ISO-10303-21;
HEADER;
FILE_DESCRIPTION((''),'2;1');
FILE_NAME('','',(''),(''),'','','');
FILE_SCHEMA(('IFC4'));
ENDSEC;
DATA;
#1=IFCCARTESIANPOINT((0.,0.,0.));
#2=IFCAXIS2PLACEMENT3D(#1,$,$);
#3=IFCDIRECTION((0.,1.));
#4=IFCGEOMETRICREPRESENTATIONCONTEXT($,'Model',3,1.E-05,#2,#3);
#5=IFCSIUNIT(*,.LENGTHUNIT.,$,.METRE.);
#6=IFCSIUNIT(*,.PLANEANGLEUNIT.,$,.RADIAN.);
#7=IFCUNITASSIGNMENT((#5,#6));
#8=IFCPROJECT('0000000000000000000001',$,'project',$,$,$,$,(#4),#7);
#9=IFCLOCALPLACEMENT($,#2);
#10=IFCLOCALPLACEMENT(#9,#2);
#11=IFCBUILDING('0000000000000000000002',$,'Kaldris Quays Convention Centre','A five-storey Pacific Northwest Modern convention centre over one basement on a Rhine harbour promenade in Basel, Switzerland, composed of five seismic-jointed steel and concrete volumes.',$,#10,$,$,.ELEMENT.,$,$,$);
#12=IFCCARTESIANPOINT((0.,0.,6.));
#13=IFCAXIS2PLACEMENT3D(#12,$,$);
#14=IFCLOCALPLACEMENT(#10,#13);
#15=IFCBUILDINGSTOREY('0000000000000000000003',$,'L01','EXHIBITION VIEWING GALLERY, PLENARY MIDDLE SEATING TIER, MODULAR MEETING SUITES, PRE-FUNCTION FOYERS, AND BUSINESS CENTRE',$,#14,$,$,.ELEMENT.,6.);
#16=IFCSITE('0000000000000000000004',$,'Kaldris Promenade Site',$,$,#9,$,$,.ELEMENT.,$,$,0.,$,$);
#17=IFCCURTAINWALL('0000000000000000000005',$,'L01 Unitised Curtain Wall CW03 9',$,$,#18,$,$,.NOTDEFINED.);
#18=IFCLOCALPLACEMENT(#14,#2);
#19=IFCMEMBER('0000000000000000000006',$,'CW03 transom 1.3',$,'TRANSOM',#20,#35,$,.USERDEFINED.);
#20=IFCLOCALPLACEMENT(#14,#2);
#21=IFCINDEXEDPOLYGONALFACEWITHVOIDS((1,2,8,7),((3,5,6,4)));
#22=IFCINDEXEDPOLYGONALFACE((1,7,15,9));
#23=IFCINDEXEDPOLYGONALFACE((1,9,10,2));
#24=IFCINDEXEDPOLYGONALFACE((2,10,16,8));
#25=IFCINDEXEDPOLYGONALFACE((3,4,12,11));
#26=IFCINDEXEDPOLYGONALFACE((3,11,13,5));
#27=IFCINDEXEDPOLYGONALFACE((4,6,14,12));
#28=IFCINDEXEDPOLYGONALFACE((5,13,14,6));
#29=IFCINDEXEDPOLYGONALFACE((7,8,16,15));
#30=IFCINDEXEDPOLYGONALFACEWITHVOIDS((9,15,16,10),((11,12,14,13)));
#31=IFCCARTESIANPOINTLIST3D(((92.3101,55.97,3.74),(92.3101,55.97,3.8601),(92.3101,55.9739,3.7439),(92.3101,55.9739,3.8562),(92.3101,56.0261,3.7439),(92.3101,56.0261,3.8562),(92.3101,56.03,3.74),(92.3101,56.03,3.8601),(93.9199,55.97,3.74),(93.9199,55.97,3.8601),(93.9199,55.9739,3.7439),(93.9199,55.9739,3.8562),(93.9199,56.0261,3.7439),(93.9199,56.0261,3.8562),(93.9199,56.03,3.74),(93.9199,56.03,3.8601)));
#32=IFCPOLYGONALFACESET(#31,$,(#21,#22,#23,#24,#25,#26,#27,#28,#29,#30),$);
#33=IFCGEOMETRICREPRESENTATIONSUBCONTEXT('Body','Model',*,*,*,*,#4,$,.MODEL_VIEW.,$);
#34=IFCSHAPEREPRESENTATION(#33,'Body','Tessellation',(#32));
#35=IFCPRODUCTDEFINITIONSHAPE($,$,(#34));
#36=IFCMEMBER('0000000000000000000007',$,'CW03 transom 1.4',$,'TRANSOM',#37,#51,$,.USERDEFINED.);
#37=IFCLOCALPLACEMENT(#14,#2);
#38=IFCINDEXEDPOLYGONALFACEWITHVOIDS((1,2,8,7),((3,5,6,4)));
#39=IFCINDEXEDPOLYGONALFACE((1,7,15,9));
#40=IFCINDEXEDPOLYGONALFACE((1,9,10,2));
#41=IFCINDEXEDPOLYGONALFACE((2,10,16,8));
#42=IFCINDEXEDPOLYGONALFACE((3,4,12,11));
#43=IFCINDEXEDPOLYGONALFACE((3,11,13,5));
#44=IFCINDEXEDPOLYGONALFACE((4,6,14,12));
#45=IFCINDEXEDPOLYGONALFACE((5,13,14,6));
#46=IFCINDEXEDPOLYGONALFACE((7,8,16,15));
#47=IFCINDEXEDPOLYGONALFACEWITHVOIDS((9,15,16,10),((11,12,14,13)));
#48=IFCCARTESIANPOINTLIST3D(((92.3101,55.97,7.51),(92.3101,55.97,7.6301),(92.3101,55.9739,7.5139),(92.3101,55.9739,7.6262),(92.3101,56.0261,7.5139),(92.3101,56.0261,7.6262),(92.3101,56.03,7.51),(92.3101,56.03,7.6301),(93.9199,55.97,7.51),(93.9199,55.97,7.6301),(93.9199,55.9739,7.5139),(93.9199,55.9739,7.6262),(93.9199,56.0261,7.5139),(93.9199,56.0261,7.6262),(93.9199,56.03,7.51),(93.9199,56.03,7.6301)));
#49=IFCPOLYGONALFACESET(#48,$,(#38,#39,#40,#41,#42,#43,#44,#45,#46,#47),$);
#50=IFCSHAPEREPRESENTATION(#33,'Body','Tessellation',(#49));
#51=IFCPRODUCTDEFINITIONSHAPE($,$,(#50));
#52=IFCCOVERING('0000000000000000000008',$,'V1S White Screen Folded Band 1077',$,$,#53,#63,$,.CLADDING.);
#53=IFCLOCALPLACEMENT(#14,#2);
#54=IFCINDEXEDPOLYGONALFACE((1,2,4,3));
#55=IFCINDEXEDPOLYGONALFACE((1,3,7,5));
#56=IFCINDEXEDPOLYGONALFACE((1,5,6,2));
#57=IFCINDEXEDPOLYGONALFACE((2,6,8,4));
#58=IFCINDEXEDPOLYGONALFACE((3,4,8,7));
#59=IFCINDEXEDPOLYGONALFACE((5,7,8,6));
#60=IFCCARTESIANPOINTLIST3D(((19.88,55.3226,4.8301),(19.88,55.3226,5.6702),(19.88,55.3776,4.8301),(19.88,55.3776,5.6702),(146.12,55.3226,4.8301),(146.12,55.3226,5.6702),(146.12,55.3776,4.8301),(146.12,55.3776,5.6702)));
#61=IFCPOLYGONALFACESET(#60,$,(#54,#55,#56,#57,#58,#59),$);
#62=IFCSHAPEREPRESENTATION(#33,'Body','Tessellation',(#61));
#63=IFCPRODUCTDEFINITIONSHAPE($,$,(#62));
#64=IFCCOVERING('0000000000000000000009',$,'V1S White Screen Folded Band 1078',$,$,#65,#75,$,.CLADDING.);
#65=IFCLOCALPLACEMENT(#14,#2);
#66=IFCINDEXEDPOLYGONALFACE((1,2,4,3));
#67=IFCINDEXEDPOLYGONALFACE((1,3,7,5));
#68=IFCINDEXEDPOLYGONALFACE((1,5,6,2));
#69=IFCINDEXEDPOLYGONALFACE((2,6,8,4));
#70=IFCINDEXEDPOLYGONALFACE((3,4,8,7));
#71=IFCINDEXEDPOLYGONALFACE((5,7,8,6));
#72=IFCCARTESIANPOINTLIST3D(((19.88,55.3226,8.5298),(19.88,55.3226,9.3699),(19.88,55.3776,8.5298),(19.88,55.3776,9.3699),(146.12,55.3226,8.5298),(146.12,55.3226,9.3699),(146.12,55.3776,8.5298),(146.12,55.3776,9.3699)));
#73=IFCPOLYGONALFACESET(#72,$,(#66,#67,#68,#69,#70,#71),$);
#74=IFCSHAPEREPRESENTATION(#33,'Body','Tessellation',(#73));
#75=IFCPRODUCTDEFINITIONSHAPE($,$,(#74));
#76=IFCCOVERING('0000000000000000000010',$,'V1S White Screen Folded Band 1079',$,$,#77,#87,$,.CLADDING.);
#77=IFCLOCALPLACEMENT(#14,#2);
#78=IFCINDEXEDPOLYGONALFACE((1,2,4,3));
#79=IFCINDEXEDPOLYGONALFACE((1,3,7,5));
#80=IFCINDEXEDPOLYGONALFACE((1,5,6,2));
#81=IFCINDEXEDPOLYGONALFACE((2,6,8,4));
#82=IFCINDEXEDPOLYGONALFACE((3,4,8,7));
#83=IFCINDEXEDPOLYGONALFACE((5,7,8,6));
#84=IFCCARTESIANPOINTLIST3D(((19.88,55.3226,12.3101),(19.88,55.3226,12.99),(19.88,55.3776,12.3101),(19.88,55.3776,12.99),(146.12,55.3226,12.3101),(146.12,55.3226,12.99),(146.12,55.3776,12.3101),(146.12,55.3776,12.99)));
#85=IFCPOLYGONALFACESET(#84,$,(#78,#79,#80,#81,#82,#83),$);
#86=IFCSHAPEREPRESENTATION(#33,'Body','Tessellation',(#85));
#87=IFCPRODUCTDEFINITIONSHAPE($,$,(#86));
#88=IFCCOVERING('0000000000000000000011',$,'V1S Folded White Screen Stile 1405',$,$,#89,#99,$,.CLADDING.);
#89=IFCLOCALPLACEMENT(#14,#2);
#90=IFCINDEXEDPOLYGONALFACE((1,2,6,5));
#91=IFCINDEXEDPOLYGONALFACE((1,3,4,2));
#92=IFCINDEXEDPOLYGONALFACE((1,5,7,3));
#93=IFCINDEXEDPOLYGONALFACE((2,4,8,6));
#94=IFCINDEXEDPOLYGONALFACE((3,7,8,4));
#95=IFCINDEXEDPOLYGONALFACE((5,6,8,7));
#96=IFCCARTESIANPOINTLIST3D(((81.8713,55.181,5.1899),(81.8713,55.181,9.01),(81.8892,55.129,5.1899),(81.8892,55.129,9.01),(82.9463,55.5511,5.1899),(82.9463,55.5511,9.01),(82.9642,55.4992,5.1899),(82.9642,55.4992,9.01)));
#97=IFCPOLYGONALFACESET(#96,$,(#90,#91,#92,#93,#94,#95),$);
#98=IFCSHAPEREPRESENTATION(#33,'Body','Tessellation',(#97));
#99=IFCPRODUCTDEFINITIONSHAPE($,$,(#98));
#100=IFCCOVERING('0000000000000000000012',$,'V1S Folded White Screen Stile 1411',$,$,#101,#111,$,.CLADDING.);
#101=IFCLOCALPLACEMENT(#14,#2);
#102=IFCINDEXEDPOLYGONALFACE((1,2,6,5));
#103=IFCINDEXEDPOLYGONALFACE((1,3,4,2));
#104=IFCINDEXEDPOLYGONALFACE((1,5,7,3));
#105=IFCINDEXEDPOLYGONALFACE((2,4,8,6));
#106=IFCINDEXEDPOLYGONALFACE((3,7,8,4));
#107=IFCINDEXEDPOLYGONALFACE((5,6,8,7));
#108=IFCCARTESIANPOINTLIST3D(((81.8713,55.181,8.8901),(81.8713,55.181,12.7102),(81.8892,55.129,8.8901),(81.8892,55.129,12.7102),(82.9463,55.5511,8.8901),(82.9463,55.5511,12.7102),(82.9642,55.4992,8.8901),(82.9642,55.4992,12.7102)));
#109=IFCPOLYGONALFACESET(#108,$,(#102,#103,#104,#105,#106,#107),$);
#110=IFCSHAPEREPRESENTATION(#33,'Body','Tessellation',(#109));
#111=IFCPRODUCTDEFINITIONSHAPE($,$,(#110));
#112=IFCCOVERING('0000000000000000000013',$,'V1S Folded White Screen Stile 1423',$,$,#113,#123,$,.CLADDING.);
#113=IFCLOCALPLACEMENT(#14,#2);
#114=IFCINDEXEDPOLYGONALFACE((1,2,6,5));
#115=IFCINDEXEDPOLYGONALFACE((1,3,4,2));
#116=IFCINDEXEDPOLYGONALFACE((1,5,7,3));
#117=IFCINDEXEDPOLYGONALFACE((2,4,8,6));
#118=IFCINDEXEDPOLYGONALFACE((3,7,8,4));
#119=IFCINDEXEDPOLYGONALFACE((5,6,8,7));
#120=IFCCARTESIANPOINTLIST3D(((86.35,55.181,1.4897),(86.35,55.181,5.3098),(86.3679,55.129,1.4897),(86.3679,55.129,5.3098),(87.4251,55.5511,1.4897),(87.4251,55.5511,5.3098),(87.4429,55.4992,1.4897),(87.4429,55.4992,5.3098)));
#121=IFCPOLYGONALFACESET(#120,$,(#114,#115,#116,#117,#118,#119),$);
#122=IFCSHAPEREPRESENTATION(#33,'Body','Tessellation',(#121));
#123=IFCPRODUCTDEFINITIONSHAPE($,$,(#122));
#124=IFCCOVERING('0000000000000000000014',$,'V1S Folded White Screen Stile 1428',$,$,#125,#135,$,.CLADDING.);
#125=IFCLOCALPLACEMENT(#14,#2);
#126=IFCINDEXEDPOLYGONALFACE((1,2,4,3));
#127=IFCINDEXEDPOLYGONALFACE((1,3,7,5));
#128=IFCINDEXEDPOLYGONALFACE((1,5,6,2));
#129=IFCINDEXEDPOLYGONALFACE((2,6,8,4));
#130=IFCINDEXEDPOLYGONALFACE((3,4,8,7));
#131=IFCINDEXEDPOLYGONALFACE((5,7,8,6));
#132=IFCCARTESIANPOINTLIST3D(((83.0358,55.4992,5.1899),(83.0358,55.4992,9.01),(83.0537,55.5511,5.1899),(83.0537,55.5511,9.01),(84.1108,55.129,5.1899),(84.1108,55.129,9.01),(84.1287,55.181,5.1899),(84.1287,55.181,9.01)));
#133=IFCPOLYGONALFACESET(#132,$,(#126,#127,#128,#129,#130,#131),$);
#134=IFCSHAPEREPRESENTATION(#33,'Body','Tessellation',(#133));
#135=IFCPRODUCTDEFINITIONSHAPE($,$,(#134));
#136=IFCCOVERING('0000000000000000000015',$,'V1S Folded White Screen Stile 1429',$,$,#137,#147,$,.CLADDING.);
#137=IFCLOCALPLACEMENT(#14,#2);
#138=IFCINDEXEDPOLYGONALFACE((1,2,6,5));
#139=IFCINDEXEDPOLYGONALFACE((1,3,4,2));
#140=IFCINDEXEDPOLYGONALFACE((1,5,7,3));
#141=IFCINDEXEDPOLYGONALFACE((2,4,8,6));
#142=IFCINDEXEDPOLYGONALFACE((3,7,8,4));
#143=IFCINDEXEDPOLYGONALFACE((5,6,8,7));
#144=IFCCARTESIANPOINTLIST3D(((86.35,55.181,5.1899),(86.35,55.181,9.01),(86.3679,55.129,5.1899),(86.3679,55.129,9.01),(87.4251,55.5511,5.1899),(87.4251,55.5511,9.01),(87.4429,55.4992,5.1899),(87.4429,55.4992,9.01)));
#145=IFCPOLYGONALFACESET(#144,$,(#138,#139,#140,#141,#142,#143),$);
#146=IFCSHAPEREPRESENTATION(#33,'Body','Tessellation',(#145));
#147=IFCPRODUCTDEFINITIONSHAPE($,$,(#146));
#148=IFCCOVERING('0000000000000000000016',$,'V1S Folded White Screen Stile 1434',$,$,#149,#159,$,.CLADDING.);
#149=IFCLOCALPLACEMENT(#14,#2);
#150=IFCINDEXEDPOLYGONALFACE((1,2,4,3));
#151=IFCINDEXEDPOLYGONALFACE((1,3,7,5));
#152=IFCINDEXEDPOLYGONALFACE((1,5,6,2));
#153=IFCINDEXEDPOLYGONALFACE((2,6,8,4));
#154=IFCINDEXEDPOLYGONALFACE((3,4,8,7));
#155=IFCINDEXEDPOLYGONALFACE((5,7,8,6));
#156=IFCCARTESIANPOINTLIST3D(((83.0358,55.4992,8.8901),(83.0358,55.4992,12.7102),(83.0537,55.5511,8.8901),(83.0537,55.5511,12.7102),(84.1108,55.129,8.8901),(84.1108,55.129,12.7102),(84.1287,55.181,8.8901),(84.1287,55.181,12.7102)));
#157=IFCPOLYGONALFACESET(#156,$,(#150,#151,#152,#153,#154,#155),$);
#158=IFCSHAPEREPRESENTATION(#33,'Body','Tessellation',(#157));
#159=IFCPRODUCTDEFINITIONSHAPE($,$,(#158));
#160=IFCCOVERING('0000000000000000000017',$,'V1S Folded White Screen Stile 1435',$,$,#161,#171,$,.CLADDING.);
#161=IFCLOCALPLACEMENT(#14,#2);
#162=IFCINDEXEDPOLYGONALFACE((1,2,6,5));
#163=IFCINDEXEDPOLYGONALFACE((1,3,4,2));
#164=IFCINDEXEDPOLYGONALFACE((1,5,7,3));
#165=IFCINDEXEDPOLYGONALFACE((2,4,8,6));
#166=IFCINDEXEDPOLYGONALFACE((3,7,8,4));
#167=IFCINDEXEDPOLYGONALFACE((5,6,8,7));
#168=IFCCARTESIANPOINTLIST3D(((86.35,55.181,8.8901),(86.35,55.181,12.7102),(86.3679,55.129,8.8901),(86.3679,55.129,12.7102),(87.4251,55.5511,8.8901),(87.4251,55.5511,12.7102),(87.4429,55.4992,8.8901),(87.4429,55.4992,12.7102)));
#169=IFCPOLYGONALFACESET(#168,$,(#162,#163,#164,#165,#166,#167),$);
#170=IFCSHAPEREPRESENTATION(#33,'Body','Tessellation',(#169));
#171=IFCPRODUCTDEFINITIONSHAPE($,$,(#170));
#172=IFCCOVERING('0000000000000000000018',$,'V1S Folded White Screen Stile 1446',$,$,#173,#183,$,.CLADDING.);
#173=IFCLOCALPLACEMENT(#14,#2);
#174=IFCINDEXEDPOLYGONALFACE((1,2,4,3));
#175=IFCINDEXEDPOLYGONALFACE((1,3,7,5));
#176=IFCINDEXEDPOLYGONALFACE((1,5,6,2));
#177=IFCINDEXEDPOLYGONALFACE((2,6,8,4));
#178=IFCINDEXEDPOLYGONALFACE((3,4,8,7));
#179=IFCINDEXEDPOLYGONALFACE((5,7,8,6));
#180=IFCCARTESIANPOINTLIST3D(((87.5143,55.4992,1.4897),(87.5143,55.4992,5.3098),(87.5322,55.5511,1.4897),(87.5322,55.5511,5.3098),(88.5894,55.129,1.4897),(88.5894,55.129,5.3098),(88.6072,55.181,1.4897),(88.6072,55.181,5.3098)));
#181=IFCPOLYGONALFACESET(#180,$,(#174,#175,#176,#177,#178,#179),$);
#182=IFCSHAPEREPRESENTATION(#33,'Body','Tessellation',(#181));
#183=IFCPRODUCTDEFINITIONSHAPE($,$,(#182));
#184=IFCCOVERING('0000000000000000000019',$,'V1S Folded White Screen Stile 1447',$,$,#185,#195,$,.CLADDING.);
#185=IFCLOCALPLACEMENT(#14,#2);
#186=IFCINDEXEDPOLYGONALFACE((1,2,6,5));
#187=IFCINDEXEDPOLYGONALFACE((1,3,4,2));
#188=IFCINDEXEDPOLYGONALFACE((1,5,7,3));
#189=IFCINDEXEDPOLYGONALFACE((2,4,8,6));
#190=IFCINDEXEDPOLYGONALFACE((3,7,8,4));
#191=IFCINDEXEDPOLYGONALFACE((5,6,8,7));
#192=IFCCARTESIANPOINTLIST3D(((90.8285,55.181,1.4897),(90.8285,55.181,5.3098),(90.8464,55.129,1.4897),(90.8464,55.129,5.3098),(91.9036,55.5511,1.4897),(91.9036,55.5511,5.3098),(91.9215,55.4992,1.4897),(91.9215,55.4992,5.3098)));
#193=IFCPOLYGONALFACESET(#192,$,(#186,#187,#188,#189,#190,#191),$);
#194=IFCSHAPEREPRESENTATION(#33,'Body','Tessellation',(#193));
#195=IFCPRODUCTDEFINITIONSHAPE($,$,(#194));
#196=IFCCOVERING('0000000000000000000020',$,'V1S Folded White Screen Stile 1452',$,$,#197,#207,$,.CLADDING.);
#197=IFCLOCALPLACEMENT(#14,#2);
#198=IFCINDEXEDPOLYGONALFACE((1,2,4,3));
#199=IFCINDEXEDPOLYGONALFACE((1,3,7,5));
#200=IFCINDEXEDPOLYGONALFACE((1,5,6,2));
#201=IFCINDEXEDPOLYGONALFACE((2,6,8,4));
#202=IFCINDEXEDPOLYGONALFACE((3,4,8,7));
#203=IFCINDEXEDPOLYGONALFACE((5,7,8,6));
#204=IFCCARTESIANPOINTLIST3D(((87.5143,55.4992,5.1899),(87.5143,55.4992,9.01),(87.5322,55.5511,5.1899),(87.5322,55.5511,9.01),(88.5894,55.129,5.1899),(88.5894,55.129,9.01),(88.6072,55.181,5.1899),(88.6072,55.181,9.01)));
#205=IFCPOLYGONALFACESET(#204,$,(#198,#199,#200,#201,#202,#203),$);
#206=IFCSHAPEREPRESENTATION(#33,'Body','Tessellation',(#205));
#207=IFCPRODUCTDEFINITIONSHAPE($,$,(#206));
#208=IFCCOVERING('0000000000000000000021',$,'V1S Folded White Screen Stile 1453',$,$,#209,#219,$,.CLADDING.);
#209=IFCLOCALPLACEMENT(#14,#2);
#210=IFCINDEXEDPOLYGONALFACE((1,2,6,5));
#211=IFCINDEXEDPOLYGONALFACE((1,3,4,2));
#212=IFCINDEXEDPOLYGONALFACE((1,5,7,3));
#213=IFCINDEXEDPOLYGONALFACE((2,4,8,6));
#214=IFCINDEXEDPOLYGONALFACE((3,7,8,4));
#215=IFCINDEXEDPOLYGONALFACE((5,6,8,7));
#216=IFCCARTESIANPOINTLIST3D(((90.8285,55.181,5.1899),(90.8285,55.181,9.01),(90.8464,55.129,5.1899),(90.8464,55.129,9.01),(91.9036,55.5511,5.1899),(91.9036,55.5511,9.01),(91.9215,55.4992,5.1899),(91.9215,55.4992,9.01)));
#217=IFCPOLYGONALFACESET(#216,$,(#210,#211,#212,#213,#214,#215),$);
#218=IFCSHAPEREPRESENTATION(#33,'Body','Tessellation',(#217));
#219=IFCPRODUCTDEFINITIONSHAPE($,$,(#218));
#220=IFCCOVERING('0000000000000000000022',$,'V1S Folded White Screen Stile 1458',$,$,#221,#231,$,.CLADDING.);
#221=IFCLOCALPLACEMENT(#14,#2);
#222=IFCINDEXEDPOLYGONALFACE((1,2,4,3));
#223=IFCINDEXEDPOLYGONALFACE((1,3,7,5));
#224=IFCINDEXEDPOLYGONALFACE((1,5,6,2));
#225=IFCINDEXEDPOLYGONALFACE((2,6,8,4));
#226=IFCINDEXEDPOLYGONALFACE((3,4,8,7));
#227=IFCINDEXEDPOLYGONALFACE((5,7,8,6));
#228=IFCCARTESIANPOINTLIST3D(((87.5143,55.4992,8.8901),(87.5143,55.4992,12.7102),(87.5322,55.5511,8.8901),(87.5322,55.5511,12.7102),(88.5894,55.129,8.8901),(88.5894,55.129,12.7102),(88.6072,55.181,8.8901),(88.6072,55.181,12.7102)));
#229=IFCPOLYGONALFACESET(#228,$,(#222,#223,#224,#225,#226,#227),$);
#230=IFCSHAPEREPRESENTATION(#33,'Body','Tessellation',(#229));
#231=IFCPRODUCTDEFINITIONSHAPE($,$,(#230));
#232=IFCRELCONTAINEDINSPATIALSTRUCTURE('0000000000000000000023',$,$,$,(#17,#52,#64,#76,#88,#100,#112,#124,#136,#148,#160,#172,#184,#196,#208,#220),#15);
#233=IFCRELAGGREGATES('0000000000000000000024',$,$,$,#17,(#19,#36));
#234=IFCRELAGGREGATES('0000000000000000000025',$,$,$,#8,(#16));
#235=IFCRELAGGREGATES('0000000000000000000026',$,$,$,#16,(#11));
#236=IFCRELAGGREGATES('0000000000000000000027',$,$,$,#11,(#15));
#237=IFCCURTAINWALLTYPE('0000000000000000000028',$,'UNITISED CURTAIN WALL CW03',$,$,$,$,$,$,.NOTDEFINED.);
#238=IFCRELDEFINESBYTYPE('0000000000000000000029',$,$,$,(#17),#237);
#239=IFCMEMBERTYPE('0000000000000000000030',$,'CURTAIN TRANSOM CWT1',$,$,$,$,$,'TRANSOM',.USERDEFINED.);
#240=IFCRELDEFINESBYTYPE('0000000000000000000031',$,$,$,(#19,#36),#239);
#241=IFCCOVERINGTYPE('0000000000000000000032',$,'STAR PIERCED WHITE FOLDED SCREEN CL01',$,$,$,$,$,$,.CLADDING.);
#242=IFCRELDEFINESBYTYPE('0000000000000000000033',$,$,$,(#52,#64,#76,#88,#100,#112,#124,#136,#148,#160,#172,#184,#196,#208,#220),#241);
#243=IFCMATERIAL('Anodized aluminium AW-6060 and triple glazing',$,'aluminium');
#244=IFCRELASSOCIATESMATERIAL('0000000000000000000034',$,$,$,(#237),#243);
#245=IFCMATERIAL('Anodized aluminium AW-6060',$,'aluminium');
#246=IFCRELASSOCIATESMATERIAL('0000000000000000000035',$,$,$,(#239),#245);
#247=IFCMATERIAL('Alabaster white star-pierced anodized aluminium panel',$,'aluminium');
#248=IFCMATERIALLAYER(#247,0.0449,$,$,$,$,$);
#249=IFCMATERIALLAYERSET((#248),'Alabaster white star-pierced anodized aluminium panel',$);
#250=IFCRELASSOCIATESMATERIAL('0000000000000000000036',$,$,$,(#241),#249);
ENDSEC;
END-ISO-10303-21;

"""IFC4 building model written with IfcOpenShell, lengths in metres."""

from ifc_helpers import new_model, si_unit, direction, frame, origin, origin_2d, place, context, subcontext, project, spatial, rectangle, hollow_rectangle, extrude, material, layer, layer_set, material_profile, profile_set, type_object, element, aggregate, save


model = new_model("IFC4")

# Units and contexts
model_context = context("Model", 3, precision=1e-05, world=origin(), true_north=direction((0.0, 1.0)))
body_context = subcontext(model_context, "Body", "Model", "MODEL_VIEW")
ifc_project = project(units=[si_unit("LENGTHUNIT", "METRE"), si_unit("PLANEANGLEUNIT", "RADIAN")], contexts=[model_context])

# Site, building, storey
site_placement = place(None, origin())
site = spatial("IfcSite", under=ifc_project, at=site_placement, Name="Kaldris Promenade Site", CompositionType="ELEMENT", RefElevation=0.0)
building_placement = place(site_placement, origin())
building = spatial("IfcBuilding", under=site, at=building_placement, Name="Kaldris Quays Convention Centre", Description="A five-storey Pacific Northwest Modern convention centre over one basement on a Rhine harbour promenade in Basel, Switzerland, composed of five seismic-jointed steel and concrete volumes.", CompositionType="ELEMENT")
storey_placement = place(building_placement, frame((0.0, 0.0, 6.0)))
storey = spatial("IfcBuildingStorey", under=building, at=storey_placement, Name="L01", Description="EXHIBITION VIEWING GALLERY, PLENARY MIDDLE SEATING TIER, MODULAR MEETING SUITES, PRE-FUNCTION FOYERS, AND BUSINESS CENTRE", CompositionType="ELEMENT", Elevation=6.0)

# Curtain wall, members
ifc_material_1 = material(Name="Anodized aluminium AW-6060 and triple glazing", Category="aluminium")
curtain_wall_type = type_object("IfcCurtainWallType", Name="UNITISED CURTAIN WALL CW03", PredefinedType="NOTDEFINED", material=ifc_material_1)
curtain_wall_placement = place(storey_placement, origin())
curtain_wall = element("IfcCurtainWall", 1, at=curtain_wall_placement, inside=storey, type_object=curtain_wall_type, Name="L01 Unitised Curtain Wall CW03 9", PredefinedType="NOTDEFINED")
ifc_material_2 = material(Name="Anodized aluminium AW-6060", Category="aluminium")
ifc_material_profile = material_profile(ifc_material_2, hollow_rectangle(XDim=0.0601, YDim=0.1201, WallThickness=0.0039, at=origin_2d()), Name="RHS 120x60x4")
ifc_profile_set = profile_set([ifc_material_profile], Name="Anodized aluminium AW-6060")
member_type = type_object("IfcMemberType", Name="CURTAIN TRANSOM CWT1", ElementType="TRANSOM", PredefinedType="USERDEFINED", material=ifc_profile_set)
member_1_placement = place(storey_placement, frame((92.3101, 56.0, 3.8), z_axis=(1.0, 0.0, 0.0), x_axis=(0.0, 1.0, 0.0)))
member_1 = element("IfcMember", 2, at=member_1_placement, type_object=member_type, Name="CW03 transom 1.3", ObjectType="TRANSOM", PredefinedType="USERDEFINED", context=body_context, shape_type="SweptSolid", body=[
    extrude(hollow_rectangle(XDim=0.0601, YDim=0.1201, WallThickness=0.0039, at=origin_2d()), origin(), (0.0, 0.0, 1.0), 1.6099),
])
member_2_placement = place(storey_placement, frame((92.3101, 56.0, 7.5701), z_axis=(1.0, 0.0, 0.0), x_axis=(0.0, 1.0, 0.0)))
member_2 = element("IfcMember", 3, at=member_2_placement, type_object=member_type, Name="CW03 transom 1.4", ObjectType="TRANSOM", PredefinedType="USERDEFINED", context=body_context, shape_type="SweptSolid", body=[
    extrude(hollow_rectangle(XDim=0.0601, YDim=0.1201, WallThickness=0.0039, at=origin_2d()), origin(), (0.0, 0.0, 1.0), 1.6099),
])
aggregate(curtain_wall, [member_1, member_2])

# Coverings
ifc_material_3 = material(Name="Alabaster white star-pierced anodized aluminium panel", Category="aluminium")
ifc_layer = layer(ifc_material_3, 0.0449)
ifc_layer_set = layer_set([ifc_layer], Name="Alabaster white star-pierced anodized aluminium panel")
covering_type = type_object("IfcCoveringType", Name="STAR PIERCED WHITE FOLDED SCREEN CL01", PredefinedType="CLADDING", material=ifc_layer_set)
for number, where, z_axis, x_axis, name in (
    (4, (83.0, 55.3501, 4.8301), (0.0, 0.0, 1.0), (1.0, 0.0, 0.0), "V1S White Screen Folded Band 1077"),
    (5, (83.0, 55.3501, 8.5298), (0.0, 0.0, 1.0), (1.0, 0.0, 0.0), "V1S White Screen Folded Band 1078"),
):
    element("IfcCovering", number, at=place(storey_placement, frame(where, z_axis=z_axis, x_axis=x_axis)), inside=storey, type_object=covering_type, Name=name, PredefinedType="CLADDING", context=body_context, shape_type="SweptSolid", body=[
        extrude(rectangle(XDim=126.24, YDim=0.0549, at=origin_2d()), origin(), (0.0, 0.0, 1.0), 0.8401),
    ])
covering_placement = place(storey_placement, frame((83.0, 55.3501, 12.3101), z_axis=(0.0, 0.0, 1.0), x_axis=(1.0, 0.0, 0.0)))
element("IfcCovering", 6, at=covering_placement, inside=storey, type_object=covering_type, Name="V1S White Screen Folded Band 1079", PredefinedType="CLADDING", context=body_context, shape_type="SweptSolid", body=[
    extrude(rectangle(XDim=126.24, YDim=0.0549, at=origin_2d()), origin(), (0.0, 0.0, 1.0), 0.6799),
])
for number, where, z_axis, x_axis, name in (
    (7, (82.4177, 55.3401, 5.1899), (0.0, 0.0, 1.0), (0.945519, 0.325568, 0.0), "V1S Folded White Screen Stile 1405"),
    (8, (82.4177, 55.3401, 8.8901), (0.0, 0.0, 1.0), (0.945519, 0.325568, 0.0), "V1S Folded White Screen Stile 1411"),
    (9, (86.8965, 55.3401, 1.4897), (0.0, 0.0, 1.0), (0.945519, 0.325568, 0.0), "V1S Folded White Screen Stile 1423"),
    (10, (83.5823, 55.3401, 5.1899), (0.0, 0.0, 1.0), (0.945519, -0.325568, 0.0), "V1S Folded White Screen Stile 1428"),
    (11, (86.8965, 55.3401, 5.1899), (0.0, 0.0, 1.0), (0.945519, 0.325568, 0.0), "V1S Folded White Screen Stile 1429"),
    (12, (83.5823, 55.3401, 8.8901), (0.0, 0.0, 1.0), (0.945519, -0.325568, 0.0), "V1S Folded White Screen Stile 1434"),
    (13, (86.8965, 55.3401, 8.8901), (0.0, 0.0, 1.0), (0.945519, 0.325568, 0.0), "V1S Folded White Screen Stile 1435"),
    (14, (88.0608, 55.3401, 1.4897), (0.0, 0.0, 1.0), (0.945519, -0.325568, 0.0), "V1S Folded White Screen Stile 1446"),
    (15, (91.375, 55.3401, 1.4897), (0.0, 0.0, 1.0), (0.945519, 0.325568, 0.0), "V1S Folded White Screen Stile 1447"),
    (16, (88.0608, 55.3401, 5.1899), (0.0, 0.0, 1.0), (0.945519, -0.325568, 0.0), "V1S Folded White Screen Stile 1452"),
    (17, (91.375, 55.3401, 5.1899), (0.0, 0.0, 1.0), (0.945519, 0.325568, 0.0), "V1S Folded White Screen Stile 1453"),
    (18, (88.0608, 55.3401, 8.8901), (0.0, 0.0, 1.0), (0.945519, -0.325568, 0.0), "V1S Folded White Screen Stile 1458"),
):
    element("IfcCovering", number, at=place(storey_placement, frame(where, z_axis=z_axis, x_axis=x_axis)), inside=storey, type_object=covering_type, Name=name, PredefinedType="CLADDING", context=body_context, shape_type="SweptSolid", body=[
        extrude(rectangle(XDim=1.137, YDim=0.0549, at=origin_2d()), origin(), (0.0, 0.0, 1.0), 3.8201),
    ])

save(model, "model.ifc")
